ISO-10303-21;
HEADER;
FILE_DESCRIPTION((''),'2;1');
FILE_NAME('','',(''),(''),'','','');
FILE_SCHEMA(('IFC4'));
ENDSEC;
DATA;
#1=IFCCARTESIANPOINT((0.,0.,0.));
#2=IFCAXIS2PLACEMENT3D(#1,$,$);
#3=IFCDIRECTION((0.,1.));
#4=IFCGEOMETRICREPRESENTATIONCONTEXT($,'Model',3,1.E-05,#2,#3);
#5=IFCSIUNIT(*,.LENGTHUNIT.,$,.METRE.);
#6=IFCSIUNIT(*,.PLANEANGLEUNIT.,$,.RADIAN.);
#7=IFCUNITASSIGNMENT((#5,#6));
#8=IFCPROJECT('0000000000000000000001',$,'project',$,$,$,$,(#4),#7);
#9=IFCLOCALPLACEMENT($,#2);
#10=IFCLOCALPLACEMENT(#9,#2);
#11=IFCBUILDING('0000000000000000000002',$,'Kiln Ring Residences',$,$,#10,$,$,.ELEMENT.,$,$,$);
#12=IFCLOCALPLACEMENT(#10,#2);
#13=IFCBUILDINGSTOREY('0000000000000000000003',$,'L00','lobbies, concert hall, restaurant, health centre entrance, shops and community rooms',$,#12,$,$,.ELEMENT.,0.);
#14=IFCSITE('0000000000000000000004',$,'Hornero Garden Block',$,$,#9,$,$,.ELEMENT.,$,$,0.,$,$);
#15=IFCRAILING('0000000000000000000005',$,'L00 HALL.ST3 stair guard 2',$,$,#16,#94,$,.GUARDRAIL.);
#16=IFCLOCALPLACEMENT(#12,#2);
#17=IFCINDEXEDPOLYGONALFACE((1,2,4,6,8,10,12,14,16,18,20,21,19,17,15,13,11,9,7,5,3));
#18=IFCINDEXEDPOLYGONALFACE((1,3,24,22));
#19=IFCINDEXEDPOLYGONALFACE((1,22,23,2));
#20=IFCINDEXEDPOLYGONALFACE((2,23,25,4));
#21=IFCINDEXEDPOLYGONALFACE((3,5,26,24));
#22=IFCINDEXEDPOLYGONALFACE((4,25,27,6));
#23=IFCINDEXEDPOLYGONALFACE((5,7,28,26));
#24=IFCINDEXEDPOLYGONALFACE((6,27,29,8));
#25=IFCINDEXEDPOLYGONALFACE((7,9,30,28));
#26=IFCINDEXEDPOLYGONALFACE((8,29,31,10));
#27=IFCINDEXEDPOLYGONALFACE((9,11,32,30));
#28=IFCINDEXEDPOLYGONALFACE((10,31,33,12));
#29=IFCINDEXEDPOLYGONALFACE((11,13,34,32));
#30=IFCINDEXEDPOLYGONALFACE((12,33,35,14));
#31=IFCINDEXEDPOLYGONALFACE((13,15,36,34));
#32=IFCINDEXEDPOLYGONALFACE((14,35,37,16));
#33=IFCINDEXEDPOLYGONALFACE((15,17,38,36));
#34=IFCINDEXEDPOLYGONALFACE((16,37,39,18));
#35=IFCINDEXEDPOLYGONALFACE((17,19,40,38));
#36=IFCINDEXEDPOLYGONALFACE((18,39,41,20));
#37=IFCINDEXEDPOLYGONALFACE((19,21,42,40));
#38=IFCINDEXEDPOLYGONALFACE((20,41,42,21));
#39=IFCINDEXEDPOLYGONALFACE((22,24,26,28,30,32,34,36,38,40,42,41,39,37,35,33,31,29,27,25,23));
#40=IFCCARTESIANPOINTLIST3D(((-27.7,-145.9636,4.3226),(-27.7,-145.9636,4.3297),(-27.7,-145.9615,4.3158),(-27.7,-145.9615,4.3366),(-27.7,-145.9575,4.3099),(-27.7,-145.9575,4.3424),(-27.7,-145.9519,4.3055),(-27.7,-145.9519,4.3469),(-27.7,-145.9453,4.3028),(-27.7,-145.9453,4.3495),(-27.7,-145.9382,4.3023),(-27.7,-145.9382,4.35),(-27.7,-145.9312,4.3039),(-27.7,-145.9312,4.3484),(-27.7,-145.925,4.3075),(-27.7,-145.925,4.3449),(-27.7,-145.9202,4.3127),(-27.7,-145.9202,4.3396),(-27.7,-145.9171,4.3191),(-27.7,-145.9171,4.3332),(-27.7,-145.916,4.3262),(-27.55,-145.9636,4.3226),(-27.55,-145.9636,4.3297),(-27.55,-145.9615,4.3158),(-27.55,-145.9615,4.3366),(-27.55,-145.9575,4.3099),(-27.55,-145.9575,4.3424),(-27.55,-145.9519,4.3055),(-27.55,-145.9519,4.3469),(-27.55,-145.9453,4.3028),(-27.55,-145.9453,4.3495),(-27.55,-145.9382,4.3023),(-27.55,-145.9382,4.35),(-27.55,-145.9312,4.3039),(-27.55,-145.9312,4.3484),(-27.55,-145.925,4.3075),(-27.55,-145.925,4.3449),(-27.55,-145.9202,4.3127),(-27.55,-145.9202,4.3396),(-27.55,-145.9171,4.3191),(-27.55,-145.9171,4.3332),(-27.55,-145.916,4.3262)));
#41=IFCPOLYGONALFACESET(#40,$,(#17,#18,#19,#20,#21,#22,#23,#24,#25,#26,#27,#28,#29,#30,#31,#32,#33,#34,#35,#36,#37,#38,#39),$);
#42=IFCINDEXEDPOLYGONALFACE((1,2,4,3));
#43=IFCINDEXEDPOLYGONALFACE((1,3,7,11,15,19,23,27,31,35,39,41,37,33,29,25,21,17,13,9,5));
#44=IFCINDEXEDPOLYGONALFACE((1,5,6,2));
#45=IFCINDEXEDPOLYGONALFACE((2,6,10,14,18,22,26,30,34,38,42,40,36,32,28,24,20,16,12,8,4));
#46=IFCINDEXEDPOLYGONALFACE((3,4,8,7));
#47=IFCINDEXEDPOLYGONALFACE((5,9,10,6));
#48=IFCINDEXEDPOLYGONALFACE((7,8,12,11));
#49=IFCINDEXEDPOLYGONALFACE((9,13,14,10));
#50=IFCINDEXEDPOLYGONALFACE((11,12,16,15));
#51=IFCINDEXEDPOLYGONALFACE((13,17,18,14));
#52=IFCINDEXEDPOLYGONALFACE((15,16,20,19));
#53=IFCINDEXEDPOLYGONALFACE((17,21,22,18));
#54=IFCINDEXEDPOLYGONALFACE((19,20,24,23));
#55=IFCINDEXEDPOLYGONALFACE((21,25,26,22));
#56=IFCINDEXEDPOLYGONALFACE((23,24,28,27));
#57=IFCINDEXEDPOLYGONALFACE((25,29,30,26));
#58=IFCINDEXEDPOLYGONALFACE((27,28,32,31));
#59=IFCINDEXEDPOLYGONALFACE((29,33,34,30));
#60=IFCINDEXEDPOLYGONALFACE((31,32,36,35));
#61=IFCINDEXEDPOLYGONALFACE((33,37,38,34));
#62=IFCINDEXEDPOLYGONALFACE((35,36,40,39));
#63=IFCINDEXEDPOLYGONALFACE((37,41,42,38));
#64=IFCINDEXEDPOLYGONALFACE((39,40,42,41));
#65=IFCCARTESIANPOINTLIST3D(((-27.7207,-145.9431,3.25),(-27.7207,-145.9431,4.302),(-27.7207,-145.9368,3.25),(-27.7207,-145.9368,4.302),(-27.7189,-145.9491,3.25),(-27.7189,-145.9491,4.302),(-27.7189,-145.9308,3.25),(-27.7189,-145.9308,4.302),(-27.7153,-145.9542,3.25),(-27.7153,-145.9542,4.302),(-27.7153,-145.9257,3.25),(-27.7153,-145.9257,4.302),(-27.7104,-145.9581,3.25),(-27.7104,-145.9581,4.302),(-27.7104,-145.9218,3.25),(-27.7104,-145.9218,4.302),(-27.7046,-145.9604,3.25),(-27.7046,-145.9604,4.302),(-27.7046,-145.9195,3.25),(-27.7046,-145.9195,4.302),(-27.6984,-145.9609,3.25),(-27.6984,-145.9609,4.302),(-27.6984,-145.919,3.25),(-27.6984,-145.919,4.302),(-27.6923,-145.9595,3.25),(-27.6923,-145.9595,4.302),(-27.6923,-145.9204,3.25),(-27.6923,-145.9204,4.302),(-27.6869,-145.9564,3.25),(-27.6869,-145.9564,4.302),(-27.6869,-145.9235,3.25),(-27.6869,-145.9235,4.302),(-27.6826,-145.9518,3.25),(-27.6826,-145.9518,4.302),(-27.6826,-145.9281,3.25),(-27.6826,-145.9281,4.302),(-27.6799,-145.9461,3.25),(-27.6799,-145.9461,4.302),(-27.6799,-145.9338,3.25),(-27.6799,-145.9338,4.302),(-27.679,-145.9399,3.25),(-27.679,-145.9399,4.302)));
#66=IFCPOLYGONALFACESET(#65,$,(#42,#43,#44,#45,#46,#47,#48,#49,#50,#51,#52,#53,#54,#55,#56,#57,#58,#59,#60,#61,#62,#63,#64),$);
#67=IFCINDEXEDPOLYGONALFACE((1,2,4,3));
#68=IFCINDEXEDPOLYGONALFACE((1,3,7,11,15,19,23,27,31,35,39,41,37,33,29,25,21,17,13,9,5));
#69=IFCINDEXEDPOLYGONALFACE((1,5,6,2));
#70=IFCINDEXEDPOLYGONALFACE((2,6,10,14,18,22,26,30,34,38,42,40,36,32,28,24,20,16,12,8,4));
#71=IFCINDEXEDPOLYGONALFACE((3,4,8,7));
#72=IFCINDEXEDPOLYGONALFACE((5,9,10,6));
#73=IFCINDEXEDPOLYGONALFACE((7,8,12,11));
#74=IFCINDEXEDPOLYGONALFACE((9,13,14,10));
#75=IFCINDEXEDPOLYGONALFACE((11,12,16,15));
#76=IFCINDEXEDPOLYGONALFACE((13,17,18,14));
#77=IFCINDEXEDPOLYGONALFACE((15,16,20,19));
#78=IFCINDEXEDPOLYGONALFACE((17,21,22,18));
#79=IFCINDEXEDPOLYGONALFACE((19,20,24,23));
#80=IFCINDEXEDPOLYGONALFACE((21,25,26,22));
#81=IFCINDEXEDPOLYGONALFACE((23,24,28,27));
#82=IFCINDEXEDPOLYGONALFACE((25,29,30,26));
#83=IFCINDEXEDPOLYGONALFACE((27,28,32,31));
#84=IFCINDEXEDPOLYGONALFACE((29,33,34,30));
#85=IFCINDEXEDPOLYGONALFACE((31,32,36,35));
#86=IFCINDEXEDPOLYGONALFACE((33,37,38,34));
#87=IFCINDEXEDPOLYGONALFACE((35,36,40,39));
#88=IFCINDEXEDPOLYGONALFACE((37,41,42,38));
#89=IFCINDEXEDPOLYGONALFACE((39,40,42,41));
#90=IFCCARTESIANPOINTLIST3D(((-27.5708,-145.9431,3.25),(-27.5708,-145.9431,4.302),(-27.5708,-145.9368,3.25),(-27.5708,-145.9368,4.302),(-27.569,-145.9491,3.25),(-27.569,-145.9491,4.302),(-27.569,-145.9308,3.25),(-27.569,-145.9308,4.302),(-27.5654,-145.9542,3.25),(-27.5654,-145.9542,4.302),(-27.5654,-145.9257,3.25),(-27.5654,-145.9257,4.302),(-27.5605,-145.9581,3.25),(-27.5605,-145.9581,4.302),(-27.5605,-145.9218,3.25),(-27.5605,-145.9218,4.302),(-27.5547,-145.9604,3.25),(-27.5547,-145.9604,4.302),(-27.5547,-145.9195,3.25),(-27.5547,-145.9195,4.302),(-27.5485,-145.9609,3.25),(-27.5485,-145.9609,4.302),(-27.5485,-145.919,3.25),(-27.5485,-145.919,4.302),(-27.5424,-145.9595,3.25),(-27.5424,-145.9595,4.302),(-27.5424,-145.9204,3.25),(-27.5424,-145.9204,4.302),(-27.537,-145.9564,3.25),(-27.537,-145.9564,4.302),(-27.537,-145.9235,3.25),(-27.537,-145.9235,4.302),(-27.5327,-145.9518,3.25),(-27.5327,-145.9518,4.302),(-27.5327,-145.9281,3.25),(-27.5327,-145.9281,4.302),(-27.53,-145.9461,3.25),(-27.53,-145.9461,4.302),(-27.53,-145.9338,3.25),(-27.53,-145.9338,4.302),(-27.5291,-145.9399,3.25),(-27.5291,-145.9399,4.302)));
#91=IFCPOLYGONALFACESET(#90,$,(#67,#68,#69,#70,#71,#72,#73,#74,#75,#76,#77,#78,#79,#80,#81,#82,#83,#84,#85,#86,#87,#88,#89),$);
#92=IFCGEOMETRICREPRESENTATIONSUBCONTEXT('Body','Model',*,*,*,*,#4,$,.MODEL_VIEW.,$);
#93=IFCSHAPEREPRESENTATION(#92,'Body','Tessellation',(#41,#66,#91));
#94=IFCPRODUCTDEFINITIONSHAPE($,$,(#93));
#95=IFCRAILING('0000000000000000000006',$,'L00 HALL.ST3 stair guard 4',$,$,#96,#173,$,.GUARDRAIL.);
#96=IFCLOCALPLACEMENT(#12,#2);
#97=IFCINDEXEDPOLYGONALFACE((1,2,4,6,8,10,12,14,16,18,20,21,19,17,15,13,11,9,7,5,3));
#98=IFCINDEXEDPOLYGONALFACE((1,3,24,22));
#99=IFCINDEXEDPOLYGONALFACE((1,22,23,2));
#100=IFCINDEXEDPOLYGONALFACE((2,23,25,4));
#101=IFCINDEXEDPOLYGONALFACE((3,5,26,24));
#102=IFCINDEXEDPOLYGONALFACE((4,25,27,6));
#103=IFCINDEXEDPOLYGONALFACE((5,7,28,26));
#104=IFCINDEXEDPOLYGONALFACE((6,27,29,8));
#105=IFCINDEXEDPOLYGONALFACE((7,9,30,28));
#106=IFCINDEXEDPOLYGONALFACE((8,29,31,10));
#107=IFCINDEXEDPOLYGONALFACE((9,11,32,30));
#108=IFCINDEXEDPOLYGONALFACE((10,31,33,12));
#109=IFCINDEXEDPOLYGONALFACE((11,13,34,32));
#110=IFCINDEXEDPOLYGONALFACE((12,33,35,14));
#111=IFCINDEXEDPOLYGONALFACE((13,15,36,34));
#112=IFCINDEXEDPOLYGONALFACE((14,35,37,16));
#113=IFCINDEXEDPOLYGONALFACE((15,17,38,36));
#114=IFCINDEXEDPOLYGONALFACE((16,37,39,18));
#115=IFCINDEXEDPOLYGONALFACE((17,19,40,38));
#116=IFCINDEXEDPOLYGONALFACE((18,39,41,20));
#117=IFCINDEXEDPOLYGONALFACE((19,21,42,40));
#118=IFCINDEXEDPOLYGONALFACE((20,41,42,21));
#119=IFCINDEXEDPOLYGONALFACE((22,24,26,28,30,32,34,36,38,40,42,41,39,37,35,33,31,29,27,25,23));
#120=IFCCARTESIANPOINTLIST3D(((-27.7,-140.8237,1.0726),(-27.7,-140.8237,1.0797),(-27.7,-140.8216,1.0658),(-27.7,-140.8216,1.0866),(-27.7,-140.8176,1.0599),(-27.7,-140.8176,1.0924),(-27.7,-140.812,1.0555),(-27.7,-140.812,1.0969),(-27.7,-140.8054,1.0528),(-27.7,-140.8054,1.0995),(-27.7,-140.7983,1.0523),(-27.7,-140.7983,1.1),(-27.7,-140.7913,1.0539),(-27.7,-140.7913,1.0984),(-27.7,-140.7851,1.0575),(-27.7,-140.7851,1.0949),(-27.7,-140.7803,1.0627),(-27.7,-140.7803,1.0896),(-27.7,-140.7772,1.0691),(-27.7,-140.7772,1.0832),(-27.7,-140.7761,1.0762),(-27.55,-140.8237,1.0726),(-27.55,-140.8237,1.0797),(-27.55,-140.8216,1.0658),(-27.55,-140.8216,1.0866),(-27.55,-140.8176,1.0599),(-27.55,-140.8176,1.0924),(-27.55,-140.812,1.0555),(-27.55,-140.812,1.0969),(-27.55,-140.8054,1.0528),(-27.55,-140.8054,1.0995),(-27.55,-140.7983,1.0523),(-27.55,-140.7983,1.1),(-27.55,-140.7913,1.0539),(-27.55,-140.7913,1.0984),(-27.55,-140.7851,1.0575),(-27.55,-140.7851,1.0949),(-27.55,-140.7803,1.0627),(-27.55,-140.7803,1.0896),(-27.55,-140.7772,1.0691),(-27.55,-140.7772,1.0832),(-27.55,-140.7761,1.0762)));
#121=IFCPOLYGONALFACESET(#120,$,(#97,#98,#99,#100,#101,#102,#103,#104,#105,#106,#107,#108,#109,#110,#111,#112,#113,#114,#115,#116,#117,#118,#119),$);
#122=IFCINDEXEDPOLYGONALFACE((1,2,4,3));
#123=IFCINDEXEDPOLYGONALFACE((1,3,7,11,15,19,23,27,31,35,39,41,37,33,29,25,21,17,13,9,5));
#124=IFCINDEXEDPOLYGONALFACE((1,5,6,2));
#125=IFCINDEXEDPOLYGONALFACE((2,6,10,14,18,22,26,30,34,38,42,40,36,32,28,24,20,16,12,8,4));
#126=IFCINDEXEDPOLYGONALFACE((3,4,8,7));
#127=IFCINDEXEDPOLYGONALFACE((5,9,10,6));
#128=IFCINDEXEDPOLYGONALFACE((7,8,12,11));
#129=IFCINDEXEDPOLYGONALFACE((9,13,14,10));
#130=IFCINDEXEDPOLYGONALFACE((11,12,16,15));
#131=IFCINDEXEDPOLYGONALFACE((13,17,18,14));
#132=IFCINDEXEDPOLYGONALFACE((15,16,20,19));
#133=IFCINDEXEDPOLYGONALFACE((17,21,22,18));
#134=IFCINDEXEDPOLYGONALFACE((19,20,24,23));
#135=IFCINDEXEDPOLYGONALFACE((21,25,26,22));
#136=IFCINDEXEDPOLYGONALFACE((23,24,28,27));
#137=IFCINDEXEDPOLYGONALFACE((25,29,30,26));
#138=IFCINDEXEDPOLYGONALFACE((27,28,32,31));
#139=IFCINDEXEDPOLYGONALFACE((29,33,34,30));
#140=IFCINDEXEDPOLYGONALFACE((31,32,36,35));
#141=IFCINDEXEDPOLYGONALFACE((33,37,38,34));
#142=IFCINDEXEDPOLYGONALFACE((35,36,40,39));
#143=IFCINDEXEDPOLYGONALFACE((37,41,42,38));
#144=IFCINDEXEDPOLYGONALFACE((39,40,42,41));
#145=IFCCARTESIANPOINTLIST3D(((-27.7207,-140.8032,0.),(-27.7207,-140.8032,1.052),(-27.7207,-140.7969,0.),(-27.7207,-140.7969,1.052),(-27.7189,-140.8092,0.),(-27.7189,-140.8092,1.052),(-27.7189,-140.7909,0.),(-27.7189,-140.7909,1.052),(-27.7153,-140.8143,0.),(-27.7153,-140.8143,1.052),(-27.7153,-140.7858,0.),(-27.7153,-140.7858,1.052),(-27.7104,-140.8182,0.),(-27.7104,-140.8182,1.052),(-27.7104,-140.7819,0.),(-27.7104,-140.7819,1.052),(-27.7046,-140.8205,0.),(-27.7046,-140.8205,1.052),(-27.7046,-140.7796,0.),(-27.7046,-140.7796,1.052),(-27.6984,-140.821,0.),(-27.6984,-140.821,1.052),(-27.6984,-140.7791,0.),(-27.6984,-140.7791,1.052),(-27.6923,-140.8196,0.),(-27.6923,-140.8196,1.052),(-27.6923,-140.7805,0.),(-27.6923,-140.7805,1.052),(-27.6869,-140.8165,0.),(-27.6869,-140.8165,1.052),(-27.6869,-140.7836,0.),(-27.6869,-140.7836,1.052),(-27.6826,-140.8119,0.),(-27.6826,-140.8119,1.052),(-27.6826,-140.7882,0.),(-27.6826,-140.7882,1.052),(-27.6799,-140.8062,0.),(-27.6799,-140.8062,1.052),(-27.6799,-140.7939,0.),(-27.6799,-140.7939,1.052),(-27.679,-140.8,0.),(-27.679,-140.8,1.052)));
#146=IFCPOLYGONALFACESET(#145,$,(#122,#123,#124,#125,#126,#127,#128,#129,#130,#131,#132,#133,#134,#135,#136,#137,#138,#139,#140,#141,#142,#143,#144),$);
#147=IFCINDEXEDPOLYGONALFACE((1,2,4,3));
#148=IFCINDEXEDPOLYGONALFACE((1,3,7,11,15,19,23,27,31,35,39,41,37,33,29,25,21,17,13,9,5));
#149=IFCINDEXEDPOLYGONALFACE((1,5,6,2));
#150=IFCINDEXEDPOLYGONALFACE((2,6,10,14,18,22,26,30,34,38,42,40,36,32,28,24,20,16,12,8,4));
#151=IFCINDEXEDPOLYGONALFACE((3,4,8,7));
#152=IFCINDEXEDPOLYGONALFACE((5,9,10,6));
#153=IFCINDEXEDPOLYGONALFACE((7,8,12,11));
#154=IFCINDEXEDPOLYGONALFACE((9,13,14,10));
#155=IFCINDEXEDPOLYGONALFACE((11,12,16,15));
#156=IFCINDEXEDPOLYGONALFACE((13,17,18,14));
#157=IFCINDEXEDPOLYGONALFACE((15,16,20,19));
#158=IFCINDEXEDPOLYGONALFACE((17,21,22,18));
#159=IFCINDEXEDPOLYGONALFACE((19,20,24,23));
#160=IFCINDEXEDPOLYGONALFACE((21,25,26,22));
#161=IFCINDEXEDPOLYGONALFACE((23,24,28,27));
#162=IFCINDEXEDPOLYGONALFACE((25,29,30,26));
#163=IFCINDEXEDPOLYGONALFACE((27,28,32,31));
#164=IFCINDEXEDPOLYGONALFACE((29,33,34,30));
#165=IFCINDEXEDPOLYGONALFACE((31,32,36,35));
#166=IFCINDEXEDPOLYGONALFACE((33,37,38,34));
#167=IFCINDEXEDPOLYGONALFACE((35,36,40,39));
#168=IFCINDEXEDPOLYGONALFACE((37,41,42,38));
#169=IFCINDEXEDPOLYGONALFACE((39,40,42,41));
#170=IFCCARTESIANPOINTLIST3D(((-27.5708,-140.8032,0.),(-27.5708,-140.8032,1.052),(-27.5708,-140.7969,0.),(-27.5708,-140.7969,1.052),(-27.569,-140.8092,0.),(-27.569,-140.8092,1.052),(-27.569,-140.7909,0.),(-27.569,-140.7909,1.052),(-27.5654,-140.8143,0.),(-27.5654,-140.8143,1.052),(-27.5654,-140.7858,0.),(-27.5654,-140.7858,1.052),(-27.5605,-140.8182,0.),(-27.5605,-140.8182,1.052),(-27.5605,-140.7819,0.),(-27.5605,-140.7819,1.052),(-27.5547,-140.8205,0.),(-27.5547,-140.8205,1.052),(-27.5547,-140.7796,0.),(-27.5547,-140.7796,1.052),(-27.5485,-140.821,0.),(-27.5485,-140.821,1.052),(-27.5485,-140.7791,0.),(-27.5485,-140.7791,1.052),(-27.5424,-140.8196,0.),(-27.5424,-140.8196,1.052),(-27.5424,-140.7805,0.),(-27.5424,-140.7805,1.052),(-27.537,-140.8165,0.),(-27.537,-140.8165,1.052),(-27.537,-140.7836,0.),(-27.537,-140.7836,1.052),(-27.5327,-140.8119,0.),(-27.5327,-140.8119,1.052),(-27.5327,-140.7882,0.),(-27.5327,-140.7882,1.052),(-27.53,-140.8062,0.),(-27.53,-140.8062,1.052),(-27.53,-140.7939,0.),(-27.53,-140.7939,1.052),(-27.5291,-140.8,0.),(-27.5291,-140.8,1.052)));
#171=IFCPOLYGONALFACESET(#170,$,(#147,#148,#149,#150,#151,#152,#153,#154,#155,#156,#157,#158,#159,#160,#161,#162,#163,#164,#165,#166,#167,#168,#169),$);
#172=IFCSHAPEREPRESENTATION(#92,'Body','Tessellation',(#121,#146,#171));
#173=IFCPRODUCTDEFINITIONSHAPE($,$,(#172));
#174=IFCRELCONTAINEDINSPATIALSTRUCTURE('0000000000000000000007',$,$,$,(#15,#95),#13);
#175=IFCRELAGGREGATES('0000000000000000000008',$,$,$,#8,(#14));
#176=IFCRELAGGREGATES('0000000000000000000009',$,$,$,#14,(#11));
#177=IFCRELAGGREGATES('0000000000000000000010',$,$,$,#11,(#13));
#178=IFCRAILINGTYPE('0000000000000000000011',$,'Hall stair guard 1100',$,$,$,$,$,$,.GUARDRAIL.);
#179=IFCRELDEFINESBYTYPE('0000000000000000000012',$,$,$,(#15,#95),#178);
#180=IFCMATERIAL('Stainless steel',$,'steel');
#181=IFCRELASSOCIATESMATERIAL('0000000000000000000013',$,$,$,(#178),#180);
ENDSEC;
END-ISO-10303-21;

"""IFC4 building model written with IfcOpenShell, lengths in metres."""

from ifc_helpers import new_model, si_unit, direction, frame, origin, origin_2d, place, context, subcontext, project, spatial, circle, extrude, material, type_object, element, save


model = new_model("IFC4")

# Units and contexts
model_context = context("Model", 3, precision=1e-05, world=origin(), true_north=direction((0.0, 1.0)))
body_context = subcontext(model_context, "Body", "Model", "MODEL_VIEW")
ifc_project = project(units=[si_unit("LENGTHUNIT", "METRE"), si_unit("PLANEANGLEUNIT", "RADIAN")], contexts=[model_context])

# Site, building, storey
site_placement = place(None, origin())
site = spatial("IfcSite", under=ifc_project, at=site_placement, Name="Hornero Garden Block", CompositionType="ELEMENT", RefElevation=0.0)
building_placement = place(site_placement, origin())
building = spatial("IfcBuilding", under=site, at=building_placement, Name="Kiln Ring Residences", CompositionType="ELEMENT")
storey_placement = place(building_placement, origin())
storey = spatial("IfcBuildingStorey", under=building, at=storey_placement, Name="L00", Description="lobbies, concert hall, restaurant, health centre entrance, shops and community rooms", CompositionType="ELEMENT", Elevation=0.0)

# Railings
ifc_material_1 = material(Name="Stainless steel", Category="steel")
railing_type_1 = type_object("IfcRailingType", Name="Hall stair guard 1100", PredefinedType="GUARDRAIL", material=ifc_material_1)
railing_1_placement = place(storey_placement, frame((-27.7, -145.9399, 3.25)))
element("IfcRailing", 1, at=railing_1_placement, inside=storey, type_object=railing_type_1, Name="L00 HALL.ST3 stair guard 2", PredefinedType="GUARDRAIL", context=body_context, shape_type="SweptSolid", body=[
    extrude(circle(Radius=0.0239, at=origin_2d()), frame((0.0, 0.0, 1.0762), z_axis=(1.0, 0.0, 0.0), x_axis=(0.0, 1.0, 0.0)), (0.0, 0.0, 1.0), 0.1499),
    extrude(circle(Radius=0.021, at=origin_2d()), origin(), (0.0, 0.0, 1.0), 1.052),
    extrude(circle(Radius=0.021, at=origin_2d()), frame((0.1499, 0.0, 0.0)), (0.0, 0.0, 1.0), 1.052),
])
railing_2_placement = place(storey_placement, frame((-27.7, -140.8, 0.0)))
element("IfcRailing", 2, at=railing_2_placement, inside=storey, type_object=railing_type_1, Name="L00 HALL.ST3 stair guard 4", PredefinedType="GUARDRAIL", context=body_context, shape_type="SweptSolid", body=[
    extrude(circle(Radius=0.0239, at=origin_2d()), frame((0.0, 0.0, 1.0762), z_axis=(1.0, 0.0, 0.0), x_axis=(0.0, 1.0, 0.0)), (0.0, 0.0, 1.0), 0.1499),
    extrude(circle(Radius=0.021, at=origin_2d()), origin(), (0.0, 0.0, 1.0), 1.052),
    extrude(circle(Radius=0.021, at=origin_2d()), frame((0.1499, 0.0, 0.0)), (0.0, 0.0, 1.0), 1.052),
])

save(model, "model.ifc")
